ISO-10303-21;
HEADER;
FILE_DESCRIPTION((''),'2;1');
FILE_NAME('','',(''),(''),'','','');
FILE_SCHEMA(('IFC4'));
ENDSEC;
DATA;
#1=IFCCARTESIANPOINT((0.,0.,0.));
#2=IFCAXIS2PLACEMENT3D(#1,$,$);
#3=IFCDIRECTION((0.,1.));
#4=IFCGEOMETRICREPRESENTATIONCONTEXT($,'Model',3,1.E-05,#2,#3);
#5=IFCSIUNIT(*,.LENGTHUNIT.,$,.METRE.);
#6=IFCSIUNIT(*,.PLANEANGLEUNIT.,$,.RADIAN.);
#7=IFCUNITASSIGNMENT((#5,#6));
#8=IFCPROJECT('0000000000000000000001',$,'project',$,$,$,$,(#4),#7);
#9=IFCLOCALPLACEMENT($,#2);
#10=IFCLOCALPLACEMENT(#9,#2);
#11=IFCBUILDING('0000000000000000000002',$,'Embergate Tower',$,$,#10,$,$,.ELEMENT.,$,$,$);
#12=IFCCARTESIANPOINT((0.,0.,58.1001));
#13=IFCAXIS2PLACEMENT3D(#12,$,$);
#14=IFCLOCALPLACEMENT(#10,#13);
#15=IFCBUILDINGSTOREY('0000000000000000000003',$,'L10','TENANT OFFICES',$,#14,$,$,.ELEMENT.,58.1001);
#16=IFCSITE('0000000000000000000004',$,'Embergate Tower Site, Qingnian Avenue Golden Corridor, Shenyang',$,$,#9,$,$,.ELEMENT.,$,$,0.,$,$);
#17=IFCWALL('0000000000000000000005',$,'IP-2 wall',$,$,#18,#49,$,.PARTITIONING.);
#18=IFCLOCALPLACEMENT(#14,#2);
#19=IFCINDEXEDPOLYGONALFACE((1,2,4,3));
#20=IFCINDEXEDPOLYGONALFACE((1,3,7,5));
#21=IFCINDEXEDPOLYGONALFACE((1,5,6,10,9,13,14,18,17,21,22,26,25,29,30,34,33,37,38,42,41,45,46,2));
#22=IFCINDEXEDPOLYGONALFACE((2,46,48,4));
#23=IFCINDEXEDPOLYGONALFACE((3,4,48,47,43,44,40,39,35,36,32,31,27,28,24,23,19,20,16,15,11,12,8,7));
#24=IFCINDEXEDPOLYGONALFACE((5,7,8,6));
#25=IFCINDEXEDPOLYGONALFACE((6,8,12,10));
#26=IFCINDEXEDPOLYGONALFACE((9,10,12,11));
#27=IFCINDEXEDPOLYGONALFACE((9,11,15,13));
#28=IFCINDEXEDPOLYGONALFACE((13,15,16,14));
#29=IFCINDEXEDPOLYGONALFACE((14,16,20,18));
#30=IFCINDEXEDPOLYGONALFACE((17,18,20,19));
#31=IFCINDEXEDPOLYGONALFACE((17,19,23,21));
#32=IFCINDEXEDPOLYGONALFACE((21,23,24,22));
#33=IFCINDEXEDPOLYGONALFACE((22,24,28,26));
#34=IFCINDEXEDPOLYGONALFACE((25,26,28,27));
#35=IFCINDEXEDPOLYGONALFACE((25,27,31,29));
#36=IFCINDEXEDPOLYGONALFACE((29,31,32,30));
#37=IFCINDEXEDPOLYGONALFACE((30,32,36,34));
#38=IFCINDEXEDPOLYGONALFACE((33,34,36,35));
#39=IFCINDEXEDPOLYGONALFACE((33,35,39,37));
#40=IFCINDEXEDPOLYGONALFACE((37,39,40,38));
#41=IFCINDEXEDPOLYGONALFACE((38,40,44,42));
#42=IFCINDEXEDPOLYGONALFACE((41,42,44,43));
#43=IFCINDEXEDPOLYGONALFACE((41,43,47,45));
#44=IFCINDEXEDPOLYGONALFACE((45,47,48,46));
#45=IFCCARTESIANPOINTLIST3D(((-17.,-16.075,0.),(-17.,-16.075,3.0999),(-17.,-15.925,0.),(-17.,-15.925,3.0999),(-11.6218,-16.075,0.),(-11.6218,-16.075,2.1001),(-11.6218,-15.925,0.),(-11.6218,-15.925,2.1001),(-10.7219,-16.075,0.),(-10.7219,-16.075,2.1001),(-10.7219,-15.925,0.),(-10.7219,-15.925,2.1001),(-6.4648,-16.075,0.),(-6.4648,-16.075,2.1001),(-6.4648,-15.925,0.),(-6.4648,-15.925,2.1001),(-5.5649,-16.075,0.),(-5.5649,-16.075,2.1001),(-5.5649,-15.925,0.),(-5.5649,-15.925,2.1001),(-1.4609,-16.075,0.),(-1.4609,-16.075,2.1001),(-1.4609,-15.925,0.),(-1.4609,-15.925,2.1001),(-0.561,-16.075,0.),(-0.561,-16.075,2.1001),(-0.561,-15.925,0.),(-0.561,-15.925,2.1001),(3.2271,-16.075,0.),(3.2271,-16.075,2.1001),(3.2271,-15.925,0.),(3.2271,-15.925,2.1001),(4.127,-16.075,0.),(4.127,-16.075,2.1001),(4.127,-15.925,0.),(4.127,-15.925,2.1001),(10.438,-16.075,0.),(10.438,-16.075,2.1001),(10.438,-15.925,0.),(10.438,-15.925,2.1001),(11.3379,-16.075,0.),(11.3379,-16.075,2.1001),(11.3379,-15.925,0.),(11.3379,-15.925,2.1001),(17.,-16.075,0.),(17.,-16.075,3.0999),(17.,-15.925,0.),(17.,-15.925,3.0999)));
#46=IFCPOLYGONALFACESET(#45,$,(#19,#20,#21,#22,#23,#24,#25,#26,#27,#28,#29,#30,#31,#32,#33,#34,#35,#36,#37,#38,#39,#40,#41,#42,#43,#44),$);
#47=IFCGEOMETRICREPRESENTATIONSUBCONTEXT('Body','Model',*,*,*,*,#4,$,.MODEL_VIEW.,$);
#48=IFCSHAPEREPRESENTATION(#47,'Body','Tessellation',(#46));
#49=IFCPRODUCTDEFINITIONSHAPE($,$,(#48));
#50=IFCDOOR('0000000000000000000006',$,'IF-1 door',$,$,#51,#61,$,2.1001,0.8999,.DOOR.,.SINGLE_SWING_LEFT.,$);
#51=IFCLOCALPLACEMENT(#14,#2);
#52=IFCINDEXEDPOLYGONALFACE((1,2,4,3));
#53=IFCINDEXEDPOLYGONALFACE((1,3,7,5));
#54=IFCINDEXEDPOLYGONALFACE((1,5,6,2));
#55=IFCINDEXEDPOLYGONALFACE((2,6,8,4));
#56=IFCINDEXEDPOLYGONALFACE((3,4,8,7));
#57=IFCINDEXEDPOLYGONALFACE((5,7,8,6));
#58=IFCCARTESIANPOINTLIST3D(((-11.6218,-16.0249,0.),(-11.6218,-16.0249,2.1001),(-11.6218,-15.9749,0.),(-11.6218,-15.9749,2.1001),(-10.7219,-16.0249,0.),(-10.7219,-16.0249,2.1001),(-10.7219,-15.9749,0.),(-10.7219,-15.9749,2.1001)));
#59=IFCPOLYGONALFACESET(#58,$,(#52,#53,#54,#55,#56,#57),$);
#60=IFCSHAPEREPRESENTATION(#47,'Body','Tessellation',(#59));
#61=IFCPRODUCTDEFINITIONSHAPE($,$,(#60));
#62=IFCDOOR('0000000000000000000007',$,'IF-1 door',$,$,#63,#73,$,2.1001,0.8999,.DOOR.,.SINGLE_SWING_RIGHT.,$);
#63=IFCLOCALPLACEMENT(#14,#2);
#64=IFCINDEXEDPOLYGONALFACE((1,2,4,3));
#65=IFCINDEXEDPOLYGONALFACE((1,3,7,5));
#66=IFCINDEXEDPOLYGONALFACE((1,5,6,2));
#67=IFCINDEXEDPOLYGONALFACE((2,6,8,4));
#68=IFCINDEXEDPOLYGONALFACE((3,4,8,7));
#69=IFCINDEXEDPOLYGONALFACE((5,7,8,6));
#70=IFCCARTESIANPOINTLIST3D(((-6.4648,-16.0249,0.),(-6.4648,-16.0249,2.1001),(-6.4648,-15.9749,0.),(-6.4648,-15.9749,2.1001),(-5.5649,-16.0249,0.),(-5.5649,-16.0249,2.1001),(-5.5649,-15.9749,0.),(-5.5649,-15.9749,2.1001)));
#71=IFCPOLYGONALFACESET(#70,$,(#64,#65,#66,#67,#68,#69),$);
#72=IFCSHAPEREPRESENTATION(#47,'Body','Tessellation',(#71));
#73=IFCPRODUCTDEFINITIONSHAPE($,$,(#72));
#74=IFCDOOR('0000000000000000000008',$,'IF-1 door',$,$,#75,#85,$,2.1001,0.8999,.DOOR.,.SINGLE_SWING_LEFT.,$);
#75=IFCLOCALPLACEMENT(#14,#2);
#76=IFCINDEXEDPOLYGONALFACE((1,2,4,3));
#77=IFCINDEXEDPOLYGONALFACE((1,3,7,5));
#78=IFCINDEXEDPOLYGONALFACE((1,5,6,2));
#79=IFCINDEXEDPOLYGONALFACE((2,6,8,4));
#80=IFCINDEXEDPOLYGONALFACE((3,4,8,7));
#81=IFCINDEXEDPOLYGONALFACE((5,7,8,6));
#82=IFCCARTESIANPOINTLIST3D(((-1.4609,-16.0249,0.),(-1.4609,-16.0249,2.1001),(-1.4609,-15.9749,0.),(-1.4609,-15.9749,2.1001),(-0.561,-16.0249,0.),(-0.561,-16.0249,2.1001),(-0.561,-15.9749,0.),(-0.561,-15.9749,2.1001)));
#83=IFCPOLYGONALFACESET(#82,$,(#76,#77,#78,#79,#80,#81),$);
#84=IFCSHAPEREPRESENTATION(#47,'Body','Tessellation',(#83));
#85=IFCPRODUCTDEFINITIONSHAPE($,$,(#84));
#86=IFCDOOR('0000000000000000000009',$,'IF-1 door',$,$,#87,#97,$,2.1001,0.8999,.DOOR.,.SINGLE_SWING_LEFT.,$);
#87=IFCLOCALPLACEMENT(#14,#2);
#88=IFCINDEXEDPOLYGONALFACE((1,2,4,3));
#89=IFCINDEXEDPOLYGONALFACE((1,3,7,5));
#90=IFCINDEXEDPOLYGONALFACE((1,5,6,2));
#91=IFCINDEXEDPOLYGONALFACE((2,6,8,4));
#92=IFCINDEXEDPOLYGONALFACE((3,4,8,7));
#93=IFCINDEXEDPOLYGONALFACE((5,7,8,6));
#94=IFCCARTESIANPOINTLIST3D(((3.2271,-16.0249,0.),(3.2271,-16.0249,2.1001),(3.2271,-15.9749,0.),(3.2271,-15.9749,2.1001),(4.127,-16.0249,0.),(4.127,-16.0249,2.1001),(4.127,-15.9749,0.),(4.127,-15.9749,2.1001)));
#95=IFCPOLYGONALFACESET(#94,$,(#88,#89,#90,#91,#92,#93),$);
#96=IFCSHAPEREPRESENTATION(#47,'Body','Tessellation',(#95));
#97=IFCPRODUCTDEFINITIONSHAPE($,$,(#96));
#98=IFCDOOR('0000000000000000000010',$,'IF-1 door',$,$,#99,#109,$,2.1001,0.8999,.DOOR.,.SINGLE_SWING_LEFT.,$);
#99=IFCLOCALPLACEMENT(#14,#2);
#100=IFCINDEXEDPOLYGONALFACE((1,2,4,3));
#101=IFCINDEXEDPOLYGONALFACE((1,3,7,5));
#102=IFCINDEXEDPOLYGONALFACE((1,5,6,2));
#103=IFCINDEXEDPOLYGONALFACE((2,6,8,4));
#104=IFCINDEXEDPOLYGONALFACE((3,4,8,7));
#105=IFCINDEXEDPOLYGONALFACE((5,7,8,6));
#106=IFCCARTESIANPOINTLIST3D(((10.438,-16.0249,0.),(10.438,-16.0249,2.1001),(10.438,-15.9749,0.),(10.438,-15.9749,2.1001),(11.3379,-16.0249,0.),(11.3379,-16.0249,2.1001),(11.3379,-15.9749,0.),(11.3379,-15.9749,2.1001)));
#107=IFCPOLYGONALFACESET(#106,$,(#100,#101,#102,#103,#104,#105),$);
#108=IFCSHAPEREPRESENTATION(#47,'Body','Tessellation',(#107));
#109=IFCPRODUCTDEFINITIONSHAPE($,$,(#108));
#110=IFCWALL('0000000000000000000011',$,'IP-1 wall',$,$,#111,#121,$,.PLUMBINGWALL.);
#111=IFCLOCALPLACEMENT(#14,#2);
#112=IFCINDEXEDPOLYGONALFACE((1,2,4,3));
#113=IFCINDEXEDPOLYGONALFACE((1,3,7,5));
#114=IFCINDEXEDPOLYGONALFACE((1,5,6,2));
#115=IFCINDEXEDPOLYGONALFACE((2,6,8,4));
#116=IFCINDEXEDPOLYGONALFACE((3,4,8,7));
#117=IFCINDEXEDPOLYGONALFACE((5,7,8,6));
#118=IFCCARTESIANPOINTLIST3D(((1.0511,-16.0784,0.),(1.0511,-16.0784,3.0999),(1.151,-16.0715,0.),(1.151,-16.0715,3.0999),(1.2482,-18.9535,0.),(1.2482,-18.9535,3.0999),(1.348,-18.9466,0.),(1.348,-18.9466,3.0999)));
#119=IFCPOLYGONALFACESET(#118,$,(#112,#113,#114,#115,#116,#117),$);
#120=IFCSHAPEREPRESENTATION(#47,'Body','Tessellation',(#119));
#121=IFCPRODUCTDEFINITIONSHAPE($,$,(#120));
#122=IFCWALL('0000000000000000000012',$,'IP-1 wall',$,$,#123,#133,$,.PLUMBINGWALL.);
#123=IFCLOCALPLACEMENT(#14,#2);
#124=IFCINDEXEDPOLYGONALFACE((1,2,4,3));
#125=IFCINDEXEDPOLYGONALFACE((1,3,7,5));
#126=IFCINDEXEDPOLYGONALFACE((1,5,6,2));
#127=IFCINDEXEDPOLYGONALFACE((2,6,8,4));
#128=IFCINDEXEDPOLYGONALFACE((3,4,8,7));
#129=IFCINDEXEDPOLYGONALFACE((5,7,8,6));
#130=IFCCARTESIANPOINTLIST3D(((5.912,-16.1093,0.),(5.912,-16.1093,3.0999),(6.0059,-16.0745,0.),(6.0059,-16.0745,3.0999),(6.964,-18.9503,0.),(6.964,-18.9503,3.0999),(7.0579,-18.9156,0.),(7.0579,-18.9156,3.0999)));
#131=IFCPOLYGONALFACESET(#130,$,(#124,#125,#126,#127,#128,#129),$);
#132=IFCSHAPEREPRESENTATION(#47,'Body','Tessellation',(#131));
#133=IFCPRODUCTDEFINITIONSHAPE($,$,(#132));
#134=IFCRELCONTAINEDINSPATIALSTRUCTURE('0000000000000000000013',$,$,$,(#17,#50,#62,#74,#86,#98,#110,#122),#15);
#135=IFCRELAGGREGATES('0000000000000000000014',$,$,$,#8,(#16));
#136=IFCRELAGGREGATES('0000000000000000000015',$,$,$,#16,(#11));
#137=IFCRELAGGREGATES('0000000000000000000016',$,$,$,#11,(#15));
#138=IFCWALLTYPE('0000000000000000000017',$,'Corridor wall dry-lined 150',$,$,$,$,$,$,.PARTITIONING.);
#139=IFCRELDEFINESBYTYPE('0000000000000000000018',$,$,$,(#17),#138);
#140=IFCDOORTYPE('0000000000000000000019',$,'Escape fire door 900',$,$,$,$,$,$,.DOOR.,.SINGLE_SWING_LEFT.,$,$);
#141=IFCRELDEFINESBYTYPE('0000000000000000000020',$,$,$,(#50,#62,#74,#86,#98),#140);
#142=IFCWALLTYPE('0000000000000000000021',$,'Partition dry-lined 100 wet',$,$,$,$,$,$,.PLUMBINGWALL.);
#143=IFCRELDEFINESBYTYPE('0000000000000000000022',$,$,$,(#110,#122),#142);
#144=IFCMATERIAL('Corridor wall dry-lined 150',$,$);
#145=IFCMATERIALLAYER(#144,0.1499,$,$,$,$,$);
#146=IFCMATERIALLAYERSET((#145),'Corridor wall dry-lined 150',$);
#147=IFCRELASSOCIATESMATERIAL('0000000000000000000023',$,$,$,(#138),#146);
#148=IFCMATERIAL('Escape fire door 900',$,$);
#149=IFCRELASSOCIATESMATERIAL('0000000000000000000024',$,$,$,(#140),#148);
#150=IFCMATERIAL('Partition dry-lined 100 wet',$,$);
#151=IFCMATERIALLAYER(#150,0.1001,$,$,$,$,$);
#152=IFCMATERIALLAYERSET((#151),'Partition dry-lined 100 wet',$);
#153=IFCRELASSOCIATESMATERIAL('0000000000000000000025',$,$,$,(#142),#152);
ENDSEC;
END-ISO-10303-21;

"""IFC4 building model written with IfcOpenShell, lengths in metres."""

from ifc_helpers import new_model, si_unit, direction, frame, frame_2d, origin, place, context, subcontext, project, spatial, rectangle, extrude, source, transform, mapped, material, layer, layer_set, type_object, element, fill, save


model = new_model("IFC4")

# Units and contexts
model_context = context("Model", 3, precision=1e-05, world=origin(), true_north=direction((0.0, 1.0)))
body_context = subcontext(model_context, "Body", "Model", "MODEL_VIEW")
ifc_project = project(units=[si_unit("LENGTHUNIT", "METRE"), si_unit("PLANEANGLEUNIT", "RADIAN")], contexts=[model_context])

# Site, building, storey
site_placement = place(None, origin())
site = spatial("IfcSite", under=ifc_project, at=site_placement, Name="Embergate Tower Site, Qingnian Avenue Golden Corridor, Shenyang", CompositionType="ELEMENT", RefElevation=0.0)
building_placement = place(site_placement, origin())
building = spatial("IfcBuilding", under=site, at=building_placement, Name="Embergate Tower", CompositionType="ELEMENT")
storey_placement = place(building_placement, frame((0.0, 0.0, 58.1001)))
storey = spatial("IfcBuildingStorey", under=building, at=storey_placement, Name="L10", Description="TENANT OFFICES", CompositionType="ELEMENT", Elevation=58.1001)

# Wall, openings, doors
ifc_material_1 = material(Name="Corridor wall dry-lined 150")
ifc_layer_1 = layer(ifc_material_1, 0.1499)
ifc_layer_set_1 = layer_set([ifc_layer_1], Name="Corridor wall dry-lined 150")
wall_type_1 = type_object("IfcWallType", Name="Corridor wall dry-lined 150", PredefinedType="PARTITIONING", material=ifc_layer_set_1)
shared_shape_1 = source(origin(), body_context, "Body", "SweptSolid", [
    extrude(rectangle(XDim=34.0, YDim=0.1499, at=frame_2d((17.0, 0.0))), origin(), (0.0, 0.0, 1.0), 3.0999),
])
wall_1_placement = place(storey_placement, frame((17.0, -16.0, 0.0), z_axis=(0.0, 0.0, 1.0), x_axis=(-1.0, 0.0, 0.0)))
wall_1 = element("IfcWall", 1, at=wall_1_placement, inside=storey, type_object=wall_type_1, Name="IP-2 wall", PredefinedType="PARTITIONING", context=body_context, shape_type="MappedRepresentation", body=[
    mapped(shared_shape_1, transform((0.0, 0.0, 0.0))),
])
shared_shape_2 = source(origin(), body_context, "Body", "SweptSolid", [
    extrude(rectangle(XDim=0.8999, YDim=2.1001, at=frame_2d((0.45, 1.05))), frame((0.0, 0.085, 0.0), z_axis=(0.0, -1.0, 0.0), x_axis=(1.0, 0.0, 0.0)), (0.0, 0.0, 1.0), 0.1699),
])
opening_1_placement = place(wall_1_placement, frame((27.7219, 0.0, 0.0)))
opening_1 = element("IfcOpeningElement", 2, at=opening_1_placement, cuts=wall_1, PredefinedType="OPENING", context=body_context, shape_type="MappedRepresentation", body=[
    mapped(shared_shape_2, transform((0.0, 0.0, 0.0))),
])
opening_2_placement = place(wall_1_placement, frame((22.5649, 0.0, 0.0)))
opening_2 = element("IfcOpeningElement", 3, at=opening_2_placement, cuts=wall_1, PredefinedType="OPENING", context=body_context, shape_type="MappedRepresentation", body=[
    mapped(shared_shape_2, transform((0.0, 0.0, 0.0))),
])
opening_3_placement = place(wall_1_placement, frame((17.561, 0.0, 0.0)))
opening_3 = element("IfcOpeningElement", 4, at=opening_3_placement, cuts=wall_1, PredefinedType="OPENING", context=body_context, shape_type="MappedRepresentation", body=[
    mapped(shared_shape_2, transform((0.0, 0.0, 0.0))),
])
opening_4_placement = place(wall_1_placement, frame((12.873, 0.0, 0.0)))
opening_4 = element("IfcOpeningElement", 5, at=opening_4_placement, cuts=wall_1, PredefinedType="OPENING", context=body_context, shape_type="MappedRepresentation", body=[
    mapped(shared_shape_2, transform((0.0, 0.0, 0.0))),
])
opening_5_placement = place(wall_1_placement, frame((5.6621, 0.0, 0.0)))
opening_5 = element("IfcOpeningElement", 6, at=opening_5_placement, cuts=wall_1, PredefinedType="OPENING", context=body_context, shape_type="MappedRepresentation", body=[
    mapped(shared_shape_2, transform((0.0, 0.0, 0.0))),
])
ifc_material_2 = material(Name="Escape fire door 900")
door_type_1 = type_object("IfcDoorType", Name="Escape fire door 900", OperationType="SINGLE_SWING_LEFT", PredefinedType="DOOR", material=ifc_material_2)
shared_shape_3 = source(origin(), body_context, "Body", "SweptSolid", [
    extrude(rectangle(XDim=0.8999, YDim=2.1001, at=frame_2d((0.45, 1.05))), frame((0.0, 0.0249, 0.0), z_axis=(0.0, -1.0, 0.0), x_axis=(1.0, 0.0, 0.0)), (0.0, 0.0, 1.0), 0.05),
])
door_1_placement = place(opening_1_placement, origin())
door_1 = element("IfcDoor", 7, at=door_1_placement, inside=storey, type_object=door_type_1, Name="IF-1 door", OperationType="SINGLE_SWING_LEFT", OverallHeight=2.1001, OverallWidth=0.8999, PredefinedType="DOOR", context=body_context, shape_type="MappedRepresentation", body=[
    mapped(shared_shape_3, transform((0.0, 0.0, 0.0))),
])
fill(opening_1, door_1)
door_2_placement = place(opening_2_placement, origin())
door_2 = element("IfcDoor", 8, at=door_2_placement, inside=storey, type_object=door_type_1, Name="IF-1 door", OperationType="SINGLE_SWING_RIGHT", OverallHeight=2.1001, OverallWidth=0.8999, PredefinedType="DOOR", context=body_context, shape_type="MappedRepresentation", body=[
    mapped(shared_shape_3, transform((0.0, 0.0, 0.0))),
])
fill(opening_2, door_2)
door_3_placement = place(opening_3_placement, origin())
door_3 = element("IfcDoor", 9, at=door_3_placement, inside=storey, type_object=door_type_1, Name="IF-1 door", OperationType="SINGLE_SWING_LEFT", OverallHeight=2.1001, OverallWidth=0.8999, PredefinedType="DOOR", context=body_context, shape_type="MappedRepresentation", body=[
    mapped(shared_shape_3, transform((0.0, 0.0, 0.0))),
])
fill(opening_3, door_3)
door_4_placement = place(opening_4_placement, origin())
door_4 = element("IfcDoor", 10, at=door_4_placement, inside=storey, type_object=door_type_1, Name="IF-1 door", OperationType="SINGLE_SWING_LEFT", OverallHeight=2.1001, OverallWidth=0.8999, PredefinedType="DOOR", context=body_context, shape_type="MappedRepresentation", body=[
    mapped(shared_shape_3, transform((0.0, 0.0, 0.0))),
])
fill(opening_4, door_4)
door_5_placement = place(opening_5_placement, origin())
door_5 = element("IfcDoor", 11, at=door_5_placement, inside=storey, type_object=door_type_1, Name="IF-1 door", OperationType="SINGLE_SWING_LEFT", OverallHeight=2.1001, OverallWidth=0.8999, PredefinedType="DOOR", context=body_context, shape_type="MappedRepresentation", body=[
    mapped(shared_shape_3, transform((0.0, 0.0, 0.0))),
])
fill(opening_5, door_5)

# Walls
ifc_material_3 = material(Name="Partition dry-lined 100 wet")
ifc_layer_2 = layer(ifc_material_3, 0.1001)
ifc_layer_set_2 = layer_set([ifc_layer_2], Name="Partition dry-lined 100 wet")
wall_type_2 = type_object("IfcWallType", Name="Partition dry-lined 100 wet", PredefinedType="PLUMBINGWALL", material=ifc_layer_set_2)
shared_shape_4 = source(origin(), body_context, "Body", "SweptSolid", [
    extrude(rectangle(XDim=2.8818, YDim=0.1001, at=frame_2d((1.4409, 0.0))), origin(), (0.0, 0.0, 1.0), 3.0999),
])
wall_2_placement = place(storey_placement, frame((1.1011, -16.075, 0.0), z_axis=(0.0, 0.0, 1.0), x_axis=(0.068369, -0.99766, 0.0)))
element("IfcWall", 12, at=wall_2_placement, inside=storey, type_object=wall_type_2, Name="IP-1 wall", PredefinedType="PLUMBINGWALL", context=body_context, shape_type="MappedRepresentation", body=[
    mapped(shared_shape_4, transform((0.0, 0.0, 0.0))),
])
shared_shape_5 = source(origin(), body_context, "Body", "SweptSolid", [
    extrude(rectangle(XDim=3.0295, YDim=0.1001, at=frame_2d((1.5146, 0.0))), origin(), (0.0, 0.0, 1.0), 3.0999),
])
wall_3_placement = place(storey_placement, frame((5.959, -16.092, 0.0), z_axis=(0.0, 0.0, 1.0), x_axis=(0.347243, -0.937775, 0.0)))
element("IfcWall", 13, at=wall_3_placement, inside=storey, type_object=wall_type_2, Name="IP-1 wall", PredefinedType="PLUMBINGWALL", context=body_context, shape_type="MappedRepresentation", body=[
    mapped(shared_shape_5, transform((0.0, 0.0, 0.0))),
])

save(model, "model.ifc")
